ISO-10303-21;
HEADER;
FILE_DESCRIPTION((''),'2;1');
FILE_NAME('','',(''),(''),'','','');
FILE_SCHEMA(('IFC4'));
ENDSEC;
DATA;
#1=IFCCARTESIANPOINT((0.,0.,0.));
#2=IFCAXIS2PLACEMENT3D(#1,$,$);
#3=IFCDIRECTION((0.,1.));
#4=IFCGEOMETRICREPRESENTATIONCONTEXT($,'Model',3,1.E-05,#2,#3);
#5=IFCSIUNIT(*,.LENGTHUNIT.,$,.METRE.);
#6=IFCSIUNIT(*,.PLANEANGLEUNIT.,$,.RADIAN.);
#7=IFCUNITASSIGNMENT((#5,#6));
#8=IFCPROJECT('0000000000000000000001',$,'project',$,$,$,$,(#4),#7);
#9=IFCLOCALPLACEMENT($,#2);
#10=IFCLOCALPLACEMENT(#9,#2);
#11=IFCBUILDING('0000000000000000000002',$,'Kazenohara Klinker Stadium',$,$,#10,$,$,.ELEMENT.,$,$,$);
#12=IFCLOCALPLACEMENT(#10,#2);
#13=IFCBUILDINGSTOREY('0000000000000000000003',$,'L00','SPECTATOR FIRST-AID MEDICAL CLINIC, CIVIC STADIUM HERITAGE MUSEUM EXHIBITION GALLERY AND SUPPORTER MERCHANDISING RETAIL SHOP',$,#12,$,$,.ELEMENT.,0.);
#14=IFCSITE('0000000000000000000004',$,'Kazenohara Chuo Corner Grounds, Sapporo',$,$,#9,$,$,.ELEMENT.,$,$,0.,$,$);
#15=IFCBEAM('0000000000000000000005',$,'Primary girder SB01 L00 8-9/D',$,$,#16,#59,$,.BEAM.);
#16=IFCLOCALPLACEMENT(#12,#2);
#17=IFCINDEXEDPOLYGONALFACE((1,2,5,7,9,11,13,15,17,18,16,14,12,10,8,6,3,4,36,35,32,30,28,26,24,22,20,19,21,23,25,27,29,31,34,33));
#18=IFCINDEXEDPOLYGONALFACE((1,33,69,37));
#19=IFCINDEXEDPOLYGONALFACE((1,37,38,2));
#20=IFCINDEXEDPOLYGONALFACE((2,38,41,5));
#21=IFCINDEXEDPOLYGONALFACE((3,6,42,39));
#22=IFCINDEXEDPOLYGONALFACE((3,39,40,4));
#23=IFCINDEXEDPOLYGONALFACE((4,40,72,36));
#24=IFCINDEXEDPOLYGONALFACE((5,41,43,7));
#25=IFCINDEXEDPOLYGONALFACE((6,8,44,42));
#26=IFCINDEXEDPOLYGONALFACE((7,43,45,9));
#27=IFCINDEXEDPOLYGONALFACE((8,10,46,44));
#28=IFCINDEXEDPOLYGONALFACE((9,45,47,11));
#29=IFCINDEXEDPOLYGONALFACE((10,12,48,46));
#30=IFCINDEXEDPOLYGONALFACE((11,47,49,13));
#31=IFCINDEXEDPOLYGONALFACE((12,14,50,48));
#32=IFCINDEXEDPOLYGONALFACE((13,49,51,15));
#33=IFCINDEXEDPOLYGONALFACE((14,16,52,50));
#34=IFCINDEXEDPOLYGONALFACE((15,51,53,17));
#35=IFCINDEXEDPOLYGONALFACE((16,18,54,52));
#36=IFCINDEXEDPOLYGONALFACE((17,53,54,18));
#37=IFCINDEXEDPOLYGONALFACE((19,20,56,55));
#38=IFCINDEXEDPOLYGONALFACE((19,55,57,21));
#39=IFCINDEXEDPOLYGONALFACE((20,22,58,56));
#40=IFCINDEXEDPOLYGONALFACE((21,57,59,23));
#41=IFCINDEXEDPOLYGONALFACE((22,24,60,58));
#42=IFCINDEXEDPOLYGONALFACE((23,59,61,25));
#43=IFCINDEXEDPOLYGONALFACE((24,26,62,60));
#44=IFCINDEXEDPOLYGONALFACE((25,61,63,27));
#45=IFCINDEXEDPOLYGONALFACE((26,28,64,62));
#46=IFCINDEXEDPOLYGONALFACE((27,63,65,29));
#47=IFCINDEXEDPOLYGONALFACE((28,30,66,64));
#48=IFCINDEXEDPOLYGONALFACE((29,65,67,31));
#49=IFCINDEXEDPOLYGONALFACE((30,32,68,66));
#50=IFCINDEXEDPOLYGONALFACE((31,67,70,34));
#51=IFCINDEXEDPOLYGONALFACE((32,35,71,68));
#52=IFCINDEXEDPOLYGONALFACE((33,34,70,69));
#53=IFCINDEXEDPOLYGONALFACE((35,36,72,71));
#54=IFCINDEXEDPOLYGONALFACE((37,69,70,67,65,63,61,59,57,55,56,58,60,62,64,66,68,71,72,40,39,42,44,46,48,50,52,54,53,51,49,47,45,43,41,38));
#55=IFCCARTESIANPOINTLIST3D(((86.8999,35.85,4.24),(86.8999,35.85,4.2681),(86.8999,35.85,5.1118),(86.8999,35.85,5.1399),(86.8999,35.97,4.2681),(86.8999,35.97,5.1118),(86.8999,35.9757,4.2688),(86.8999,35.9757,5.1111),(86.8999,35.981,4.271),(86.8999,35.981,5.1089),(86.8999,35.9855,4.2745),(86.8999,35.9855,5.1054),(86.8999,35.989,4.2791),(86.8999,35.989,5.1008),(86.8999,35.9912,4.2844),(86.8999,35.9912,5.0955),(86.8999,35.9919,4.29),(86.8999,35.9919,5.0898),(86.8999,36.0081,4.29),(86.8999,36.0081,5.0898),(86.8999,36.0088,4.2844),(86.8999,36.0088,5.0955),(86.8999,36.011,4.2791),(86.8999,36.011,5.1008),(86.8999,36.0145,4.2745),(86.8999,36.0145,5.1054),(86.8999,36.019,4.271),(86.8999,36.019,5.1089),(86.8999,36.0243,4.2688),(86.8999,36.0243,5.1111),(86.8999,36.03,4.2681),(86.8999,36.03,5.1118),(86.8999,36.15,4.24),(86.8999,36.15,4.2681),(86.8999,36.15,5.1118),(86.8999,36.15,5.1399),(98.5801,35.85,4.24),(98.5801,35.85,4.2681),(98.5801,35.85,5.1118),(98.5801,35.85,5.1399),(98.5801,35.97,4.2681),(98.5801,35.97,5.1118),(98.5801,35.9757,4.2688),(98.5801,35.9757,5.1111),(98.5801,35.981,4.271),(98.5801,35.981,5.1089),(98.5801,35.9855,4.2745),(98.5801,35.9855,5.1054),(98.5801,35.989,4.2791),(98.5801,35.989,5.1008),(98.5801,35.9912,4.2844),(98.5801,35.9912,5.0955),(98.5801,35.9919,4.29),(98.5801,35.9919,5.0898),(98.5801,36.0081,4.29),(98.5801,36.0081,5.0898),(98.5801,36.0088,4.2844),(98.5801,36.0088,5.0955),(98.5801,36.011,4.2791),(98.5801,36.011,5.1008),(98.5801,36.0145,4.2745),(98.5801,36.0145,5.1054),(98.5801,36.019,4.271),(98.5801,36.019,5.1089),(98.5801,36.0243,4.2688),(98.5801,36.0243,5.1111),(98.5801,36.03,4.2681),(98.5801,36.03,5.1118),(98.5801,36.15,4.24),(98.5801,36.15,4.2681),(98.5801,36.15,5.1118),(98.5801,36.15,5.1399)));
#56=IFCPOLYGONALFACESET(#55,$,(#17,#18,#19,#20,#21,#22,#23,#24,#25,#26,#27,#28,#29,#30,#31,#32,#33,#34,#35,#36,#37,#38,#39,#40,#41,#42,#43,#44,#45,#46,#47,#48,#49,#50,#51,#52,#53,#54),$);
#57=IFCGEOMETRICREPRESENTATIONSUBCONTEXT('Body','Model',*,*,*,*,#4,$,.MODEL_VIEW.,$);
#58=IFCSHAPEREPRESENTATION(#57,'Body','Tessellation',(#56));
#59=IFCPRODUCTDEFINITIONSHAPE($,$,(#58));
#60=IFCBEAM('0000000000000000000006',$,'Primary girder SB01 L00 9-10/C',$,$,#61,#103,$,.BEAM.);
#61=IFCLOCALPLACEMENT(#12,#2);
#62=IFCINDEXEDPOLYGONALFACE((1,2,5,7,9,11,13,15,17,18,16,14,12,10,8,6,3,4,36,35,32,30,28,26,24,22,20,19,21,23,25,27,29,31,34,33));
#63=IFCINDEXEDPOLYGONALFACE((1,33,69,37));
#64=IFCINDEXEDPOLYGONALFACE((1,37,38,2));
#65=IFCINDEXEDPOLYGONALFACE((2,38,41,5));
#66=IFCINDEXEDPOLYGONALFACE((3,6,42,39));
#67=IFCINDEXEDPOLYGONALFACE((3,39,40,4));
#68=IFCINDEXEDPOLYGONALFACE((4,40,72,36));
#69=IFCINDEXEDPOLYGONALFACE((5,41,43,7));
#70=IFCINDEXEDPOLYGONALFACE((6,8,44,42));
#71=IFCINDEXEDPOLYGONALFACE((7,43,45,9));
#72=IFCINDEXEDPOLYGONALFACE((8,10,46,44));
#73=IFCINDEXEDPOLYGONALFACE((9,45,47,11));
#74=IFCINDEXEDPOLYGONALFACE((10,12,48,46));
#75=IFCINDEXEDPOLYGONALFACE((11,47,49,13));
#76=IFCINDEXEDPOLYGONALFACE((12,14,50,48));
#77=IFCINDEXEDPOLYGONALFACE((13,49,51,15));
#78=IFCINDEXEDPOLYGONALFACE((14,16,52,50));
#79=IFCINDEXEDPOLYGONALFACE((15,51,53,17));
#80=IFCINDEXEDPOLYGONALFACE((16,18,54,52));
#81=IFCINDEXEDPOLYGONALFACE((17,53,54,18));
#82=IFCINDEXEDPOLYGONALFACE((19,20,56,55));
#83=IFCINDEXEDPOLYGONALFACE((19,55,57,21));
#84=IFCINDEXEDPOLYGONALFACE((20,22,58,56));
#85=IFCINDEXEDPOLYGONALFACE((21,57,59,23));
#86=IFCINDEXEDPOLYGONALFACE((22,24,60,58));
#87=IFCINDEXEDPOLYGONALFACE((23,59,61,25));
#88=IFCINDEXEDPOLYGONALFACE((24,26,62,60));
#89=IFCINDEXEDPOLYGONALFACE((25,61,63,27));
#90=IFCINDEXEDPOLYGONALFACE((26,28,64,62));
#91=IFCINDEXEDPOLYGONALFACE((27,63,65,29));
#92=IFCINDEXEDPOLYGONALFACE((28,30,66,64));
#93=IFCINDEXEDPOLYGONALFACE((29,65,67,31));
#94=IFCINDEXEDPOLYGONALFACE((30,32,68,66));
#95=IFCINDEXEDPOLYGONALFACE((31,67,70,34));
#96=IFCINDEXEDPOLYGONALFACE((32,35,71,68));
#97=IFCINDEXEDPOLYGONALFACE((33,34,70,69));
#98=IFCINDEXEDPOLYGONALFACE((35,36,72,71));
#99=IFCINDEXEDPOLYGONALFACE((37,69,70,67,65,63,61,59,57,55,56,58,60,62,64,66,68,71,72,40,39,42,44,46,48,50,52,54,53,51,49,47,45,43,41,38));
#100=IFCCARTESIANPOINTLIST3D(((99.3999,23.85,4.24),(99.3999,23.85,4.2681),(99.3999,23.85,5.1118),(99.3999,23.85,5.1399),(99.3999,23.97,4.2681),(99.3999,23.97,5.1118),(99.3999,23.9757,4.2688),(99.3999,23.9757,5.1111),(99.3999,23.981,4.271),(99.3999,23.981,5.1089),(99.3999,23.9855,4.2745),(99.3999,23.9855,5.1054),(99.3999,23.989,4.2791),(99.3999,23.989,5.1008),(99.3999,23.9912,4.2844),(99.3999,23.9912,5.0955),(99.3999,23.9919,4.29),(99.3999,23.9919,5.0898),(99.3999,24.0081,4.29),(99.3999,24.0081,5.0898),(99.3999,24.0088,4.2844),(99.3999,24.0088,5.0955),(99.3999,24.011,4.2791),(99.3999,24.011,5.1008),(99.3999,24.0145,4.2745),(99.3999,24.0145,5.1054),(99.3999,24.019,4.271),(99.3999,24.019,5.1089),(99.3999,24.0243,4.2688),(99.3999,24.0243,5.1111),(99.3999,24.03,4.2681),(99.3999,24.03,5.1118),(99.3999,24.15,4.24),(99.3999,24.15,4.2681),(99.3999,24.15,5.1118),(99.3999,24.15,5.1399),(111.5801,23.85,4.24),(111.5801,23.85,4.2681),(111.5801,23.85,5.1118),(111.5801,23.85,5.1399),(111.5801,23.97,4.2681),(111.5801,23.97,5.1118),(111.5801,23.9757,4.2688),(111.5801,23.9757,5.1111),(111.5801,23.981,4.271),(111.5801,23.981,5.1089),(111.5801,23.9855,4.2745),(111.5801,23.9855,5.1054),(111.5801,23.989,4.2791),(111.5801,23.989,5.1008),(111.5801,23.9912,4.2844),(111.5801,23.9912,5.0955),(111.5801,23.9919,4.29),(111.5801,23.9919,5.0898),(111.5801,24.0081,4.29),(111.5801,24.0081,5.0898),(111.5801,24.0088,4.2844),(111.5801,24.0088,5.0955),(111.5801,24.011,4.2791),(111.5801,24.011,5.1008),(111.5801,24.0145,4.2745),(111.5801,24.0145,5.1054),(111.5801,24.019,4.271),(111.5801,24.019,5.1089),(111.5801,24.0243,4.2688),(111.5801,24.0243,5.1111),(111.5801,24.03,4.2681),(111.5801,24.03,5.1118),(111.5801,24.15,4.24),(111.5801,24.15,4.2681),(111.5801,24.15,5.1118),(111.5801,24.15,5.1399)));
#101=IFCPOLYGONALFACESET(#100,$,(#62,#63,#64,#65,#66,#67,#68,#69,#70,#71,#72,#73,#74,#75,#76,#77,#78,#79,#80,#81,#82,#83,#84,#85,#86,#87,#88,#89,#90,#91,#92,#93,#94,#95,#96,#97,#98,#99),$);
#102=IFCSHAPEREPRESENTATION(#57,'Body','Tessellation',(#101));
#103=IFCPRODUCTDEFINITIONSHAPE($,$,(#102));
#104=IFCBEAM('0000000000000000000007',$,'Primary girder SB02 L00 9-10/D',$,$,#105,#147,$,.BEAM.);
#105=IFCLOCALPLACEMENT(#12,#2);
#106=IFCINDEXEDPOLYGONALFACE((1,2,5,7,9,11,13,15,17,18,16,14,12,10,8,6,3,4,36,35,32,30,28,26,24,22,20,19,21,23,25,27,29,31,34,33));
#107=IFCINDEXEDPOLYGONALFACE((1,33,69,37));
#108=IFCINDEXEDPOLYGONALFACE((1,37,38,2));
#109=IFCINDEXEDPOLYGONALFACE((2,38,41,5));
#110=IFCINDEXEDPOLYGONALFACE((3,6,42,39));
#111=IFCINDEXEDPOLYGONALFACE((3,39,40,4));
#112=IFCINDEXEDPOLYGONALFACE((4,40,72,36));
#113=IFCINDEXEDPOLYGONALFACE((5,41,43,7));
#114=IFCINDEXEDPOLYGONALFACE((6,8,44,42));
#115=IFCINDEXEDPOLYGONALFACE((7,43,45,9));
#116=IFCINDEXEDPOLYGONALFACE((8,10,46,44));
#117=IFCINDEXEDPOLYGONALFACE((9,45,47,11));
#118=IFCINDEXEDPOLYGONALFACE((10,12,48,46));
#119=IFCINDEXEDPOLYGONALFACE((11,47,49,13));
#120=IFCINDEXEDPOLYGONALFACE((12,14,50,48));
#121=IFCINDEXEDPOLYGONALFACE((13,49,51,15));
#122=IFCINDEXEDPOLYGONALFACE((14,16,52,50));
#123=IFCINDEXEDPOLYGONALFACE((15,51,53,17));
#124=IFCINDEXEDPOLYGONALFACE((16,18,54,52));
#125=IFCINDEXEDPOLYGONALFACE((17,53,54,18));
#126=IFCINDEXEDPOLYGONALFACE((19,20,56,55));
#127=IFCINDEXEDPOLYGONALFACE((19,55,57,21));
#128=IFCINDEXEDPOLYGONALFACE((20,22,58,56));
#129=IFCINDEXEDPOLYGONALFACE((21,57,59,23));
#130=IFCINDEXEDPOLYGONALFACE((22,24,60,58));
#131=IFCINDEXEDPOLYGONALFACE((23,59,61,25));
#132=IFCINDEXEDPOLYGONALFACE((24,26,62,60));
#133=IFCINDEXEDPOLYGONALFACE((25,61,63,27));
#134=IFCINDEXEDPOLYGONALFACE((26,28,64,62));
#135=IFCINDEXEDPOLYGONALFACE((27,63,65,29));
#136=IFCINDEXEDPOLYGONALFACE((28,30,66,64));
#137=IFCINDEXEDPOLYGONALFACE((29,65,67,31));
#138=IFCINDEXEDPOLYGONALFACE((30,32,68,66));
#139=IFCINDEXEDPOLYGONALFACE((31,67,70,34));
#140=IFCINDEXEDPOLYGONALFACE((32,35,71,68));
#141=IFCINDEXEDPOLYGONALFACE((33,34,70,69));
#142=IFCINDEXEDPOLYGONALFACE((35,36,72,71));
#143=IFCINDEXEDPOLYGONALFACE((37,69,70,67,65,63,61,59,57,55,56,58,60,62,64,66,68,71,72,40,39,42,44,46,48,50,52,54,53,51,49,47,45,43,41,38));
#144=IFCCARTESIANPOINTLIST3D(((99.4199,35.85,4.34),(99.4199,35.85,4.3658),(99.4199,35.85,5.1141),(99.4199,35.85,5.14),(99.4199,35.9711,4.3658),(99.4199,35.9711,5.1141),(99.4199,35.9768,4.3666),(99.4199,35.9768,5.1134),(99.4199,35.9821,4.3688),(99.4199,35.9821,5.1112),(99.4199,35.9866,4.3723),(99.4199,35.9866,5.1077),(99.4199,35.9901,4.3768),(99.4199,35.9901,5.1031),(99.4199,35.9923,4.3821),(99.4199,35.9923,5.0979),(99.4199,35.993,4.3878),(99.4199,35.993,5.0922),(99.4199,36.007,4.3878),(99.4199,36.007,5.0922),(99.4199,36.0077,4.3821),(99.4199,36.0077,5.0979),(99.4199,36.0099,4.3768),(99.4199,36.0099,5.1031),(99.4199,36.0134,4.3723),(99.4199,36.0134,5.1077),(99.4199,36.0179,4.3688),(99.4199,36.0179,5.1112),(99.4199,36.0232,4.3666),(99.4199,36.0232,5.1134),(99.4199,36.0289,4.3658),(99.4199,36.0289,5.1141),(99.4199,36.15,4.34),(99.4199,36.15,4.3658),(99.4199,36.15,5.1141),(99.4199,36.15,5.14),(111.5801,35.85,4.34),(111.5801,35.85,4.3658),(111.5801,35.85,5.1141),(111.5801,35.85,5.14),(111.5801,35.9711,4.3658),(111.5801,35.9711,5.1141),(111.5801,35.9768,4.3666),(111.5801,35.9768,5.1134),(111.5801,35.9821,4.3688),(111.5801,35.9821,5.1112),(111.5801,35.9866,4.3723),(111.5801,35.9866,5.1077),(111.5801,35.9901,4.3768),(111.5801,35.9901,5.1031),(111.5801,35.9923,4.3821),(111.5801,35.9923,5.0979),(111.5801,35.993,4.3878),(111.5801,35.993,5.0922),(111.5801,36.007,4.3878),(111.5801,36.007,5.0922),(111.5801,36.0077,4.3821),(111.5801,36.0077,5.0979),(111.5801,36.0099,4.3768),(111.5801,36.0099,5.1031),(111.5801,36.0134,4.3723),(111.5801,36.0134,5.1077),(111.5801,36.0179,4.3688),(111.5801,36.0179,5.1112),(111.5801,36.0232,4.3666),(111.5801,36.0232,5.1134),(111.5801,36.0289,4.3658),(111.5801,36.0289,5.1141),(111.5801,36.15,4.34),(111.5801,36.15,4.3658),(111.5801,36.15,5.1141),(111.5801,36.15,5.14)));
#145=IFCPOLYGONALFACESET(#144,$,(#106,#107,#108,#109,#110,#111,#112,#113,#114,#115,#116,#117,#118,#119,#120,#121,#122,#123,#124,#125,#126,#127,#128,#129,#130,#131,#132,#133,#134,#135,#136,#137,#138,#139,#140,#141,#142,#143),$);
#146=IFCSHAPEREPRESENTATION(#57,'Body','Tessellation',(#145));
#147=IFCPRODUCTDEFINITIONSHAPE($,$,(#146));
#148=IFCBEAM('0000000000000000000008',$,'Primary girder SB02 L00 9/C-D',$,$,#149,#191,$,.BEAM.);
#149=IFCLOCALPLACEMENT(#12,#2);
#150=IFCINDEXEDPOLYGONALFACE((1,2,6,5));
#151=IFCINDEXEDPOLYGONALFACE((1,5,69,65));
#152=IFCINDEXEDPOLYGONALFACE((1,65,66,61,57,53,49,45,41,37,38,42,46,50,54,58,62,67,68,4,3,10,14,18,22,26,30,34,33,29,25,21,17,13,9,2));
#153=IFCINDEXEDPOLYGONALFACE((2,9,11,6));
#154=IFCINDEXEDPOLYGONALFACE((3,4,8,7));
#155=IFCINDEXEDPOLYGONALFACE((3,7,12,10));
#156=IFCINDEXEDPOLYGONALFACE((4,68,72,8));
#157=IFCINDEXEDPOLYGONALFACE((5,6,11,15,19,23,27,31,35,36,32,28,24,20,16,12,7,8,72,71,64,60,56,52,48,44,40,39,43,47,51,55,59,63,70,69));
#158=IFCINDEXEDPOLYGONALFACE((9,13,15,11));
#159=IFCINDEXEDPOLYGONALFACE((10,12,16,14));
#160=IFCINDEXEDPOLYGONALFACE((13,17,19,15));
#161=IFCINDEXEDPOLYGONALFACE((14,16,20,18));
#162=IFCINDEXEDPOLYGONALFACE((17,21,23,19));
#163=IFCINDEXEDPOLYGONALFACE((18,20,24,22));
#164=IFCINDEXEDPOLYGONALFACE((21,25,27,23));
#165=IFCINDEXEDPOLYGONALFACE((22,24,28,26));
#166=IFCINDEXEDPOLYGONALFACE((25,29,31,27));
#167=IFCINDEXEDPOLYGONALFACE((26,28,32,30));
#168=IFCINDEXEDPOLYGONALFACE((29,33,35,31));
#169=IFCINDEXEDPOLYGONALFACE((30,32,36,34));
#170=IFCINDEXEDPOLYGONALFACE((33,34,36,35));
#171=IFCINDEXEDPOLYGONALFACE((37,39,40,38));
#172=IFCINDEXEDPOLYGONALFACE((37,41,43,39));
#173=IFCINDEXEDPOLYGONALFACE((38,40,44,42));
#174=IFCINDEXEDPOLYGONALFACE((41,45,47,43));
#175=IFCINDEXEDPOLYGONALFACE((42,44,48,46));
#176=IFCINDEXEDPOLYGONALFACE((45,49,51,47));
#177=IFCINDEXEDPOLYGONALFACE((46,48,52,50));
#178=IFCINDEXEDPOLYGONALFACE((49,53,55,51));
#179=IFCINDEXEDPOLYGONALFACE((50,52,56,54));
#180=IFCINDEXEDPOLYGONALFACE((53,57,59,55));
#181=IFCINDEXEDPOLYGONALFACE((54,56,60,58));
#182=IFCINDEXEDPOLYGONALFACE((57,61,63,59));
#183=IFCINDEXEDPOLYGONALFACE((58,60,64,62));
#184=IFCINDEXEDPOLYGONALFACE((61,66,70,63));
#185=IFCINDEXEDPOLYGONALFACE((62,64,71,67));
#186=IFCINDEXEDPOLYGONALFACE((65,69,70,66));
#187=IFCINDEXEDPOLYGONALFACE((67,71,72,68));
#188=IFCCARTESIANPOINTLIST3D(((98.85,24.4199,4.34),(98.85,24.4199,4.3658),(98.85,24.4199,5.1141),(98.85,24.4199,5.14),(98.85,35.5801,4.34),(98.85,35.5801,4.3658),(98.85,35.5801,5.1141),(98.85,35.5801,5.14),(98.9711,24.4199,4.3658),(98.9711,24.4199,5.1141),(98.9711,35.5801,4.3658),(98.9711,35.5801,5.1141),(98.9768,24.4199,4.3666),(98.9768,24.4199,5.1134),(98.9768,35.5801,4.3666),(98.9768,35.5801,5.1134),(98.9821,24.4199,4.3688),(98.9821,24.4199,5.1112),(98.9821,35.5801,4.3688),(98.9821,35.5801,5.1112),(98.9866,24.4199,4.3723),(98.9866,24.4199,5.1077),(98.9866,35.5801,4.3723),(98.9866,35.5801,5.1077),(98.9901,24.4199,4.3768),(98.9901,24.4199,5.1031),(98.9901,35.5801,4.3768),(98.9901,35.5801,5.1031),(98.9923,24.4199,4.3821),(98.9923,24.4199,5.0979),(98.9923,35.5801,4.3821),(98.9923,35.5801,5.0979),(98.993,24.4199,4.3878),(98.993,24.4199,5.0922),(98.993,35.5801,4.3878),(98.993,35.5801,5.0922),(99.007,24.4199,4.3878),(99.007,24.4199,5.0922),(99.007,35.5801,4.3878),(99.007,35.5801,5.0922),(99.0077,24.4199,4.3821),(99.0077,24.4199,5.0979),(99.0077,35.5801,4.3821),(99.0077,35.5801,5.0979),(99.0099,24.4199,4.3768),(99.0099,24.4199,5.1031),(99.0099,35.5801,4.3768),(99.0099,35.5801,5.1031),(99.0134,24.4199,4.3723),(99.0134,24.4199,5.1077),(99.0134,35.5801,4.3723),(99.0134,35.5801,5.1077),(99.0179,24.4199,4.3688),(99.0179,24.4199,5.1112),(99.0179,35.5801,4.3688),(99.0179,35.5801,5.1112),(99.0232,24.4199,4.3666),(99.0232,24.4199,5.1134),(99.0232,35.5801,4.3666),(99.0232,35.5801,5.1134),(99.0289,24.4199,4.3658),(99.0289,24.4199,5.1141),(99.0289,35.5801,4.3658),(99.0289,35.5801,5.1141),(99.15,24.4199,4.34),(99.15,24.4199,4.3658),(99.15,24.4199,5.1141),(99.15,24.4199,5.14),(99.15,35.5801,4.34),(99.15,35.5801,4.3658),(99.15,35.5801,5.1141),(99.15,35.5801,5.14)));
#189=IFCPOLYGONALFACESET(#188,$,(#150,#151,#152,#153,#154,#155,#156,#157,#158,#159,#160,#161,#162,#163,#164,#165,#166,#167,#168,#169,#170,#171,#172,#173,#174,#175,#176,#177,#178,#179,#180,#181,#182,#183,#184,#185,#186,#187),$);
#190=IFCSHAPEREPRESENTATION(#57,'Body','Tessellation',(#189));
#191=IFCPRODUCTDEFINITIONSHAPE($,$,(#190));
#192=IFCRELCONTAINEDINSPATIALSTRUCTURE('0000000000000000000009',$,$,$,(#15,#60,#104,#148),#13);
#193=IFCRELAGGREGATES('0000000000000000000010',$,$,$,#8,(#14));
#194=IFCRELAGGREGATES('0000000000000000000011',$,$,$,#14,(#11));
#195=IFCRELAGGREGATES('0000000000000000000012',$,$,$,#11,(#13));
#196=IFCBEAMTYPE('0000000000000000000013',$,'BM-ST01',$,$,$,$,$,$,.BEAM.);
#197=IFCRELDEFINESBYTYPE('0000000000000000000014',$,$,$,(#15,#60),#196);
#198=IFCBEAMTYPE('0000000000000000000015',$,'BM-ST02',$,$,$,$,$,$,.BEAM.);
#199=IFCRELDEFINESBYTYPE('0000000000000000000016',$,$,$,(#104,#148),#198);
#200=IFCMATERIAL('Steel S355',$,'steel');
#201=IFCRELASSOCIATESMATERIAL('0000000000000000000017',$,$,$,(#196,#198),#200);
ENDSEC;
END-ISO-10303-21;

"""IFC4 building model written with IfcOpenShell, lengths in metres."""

from ifc_helpers import new_model, si_unit, direction, frame, origin, origin_2d, place, context, subcontext, project, spatial, i_section, extrude, material, material_profile, profile_set, type_object, element, save


model = new_model("IFC4")

# Units and contexts
model_context = context("Model", 3, precision=1e-05, world=origin(), true_north=direction((0.0, 1.0)))
body_context = subcontext(model_context, "Body", "Model", "MODEL_VIEW")
ifc_project = project(units=[si_unit("LENGTHUNIT", "METRE"), si_unit("PLANEANGLEUNIT", "RADIAN")], contexts=[model_context])

# Site, building, storey
site_placement = place(None, origin())
site = spatial("IfcSite", under=ifc_project, at=site_placement, Name="Kazenohara Chuo Corner Grounds, Sapporo", CompositionType="ELEMENT", RefElevation=0.0)
building_placement = place(site_placement, origin())
building = spatial("IfcBuilding", under=site, at=building_placement, Name="Kazenohara Klinker Stadium", CompositionType="ELEMENT")
storey_placement = place(building_placement, origin())
storey = spatial("IfcBuildingStorey", under=building, at=storey_placement, Name="L00", Description="SPECTATOR FIRST-AID MEDICAL CLINIC, CIVIC STADIUM HERITAGE MUSEUM EXHIBITION GALLERY AND SUPPORTER MERCHANDISING RETAIL SHOP", CompositionType="ELEMENT", Elevation=0.0)

# Beams
ifc_material_1 = material(Name="Steel S355", Category="steel")
ifc_material_profile_1 = material_profile(ifc_material_1, i_section(OverallWidth=0.3, OverallDepth=0.8999, WebThickness=0.0161, FlangeThickness=0.0281, FilletRadius=0.022, at=origin_2d()), Name="H-900x300x16x28")
ifc_profile_set_1 = profile_set([ifc_material_profile_1], Name="Steel S355")
beam_type_1 = type_object("IfcBeamType", Name="BM-ST01", PredefinedType="BEAM", material=ifc_profile_set_1)
beam_1_placement = place(storey_placement, frame((86.8999, 36.0, 4.6899), z_axis=(1.0, 0.0, 0.0), x_axis=(0.0, 1.0, 0.0)))
element("IfcBeam", 1, at=beam_1_placement, inside=storey, type_object=beam_type_1, Name="Primary girder SB01 L00 8-9/D", PredefinedType="BEAM", context=body_context, shape_type="SweptSolid", body=[
    extrude(i_section(OverallWidth=0.3, OverallDepth=0.8999, WebThickness=0.0161, FlangeThickness=0.0281, FilletRadius=0.022, at=origin_2d()), origin(), (0.0, 0.0, 1.0), 11.6802),
])
beam_2_placement = place(storey_placement, frame((99.3999, 24.0, 4.6899), z_axis=(1.0, 0.0, 0.0), x_axis=(0.0, 1.0, 0.0)))
element("IfcBeam", 2, at=beam_2_placement, inside=storey, type_object=beam_type_1, Name="Primary girder SB01 L00 9-10/C", PredefinedType="BEAM", context=body_context, shape_type="SweptSolid", body=[
    extrude(i_section(OverallWidth=0.3, OverallDepth=0.8999, WebThickness=0.0161, FlangeThickness=0.0281, FilletRadius=0.022, at=origin_2d()), origin(), (0.0, 0.0, 1.0), 12.1802),
])
ifc_material_profile_2 = material_profile(ifc_material_1, i_section(OverallWidth=0.3, OverallDepth=0.8, WebThickness=0.0139, FlangeThickness=0.0259, FilletRadius=0.022, at=origin_2d()), Name="H-800x300x14x26")
ifc_profile_set_2 = profile_set([ifc_material_profile_2], Name="Steel S355")
beam_type_2 = type_object("IfcBeamType", Name="BM-ST02", PredefinedType="BEAM", material=ifc_profile_set_2)
beam_3_placement = place(storey_placement, frame((99.4199, 36.0, 4.74), z_axis=(1.0, 0.0, 0.0), x_axis=(0.0, 1.0, 0.0)))
element("IfcBeam", 3, at=beam_3_placement, inside=storey, type_object=beam_type_2, Name="Primary girder SB02 L00 9-10/D", PredefinedType="BEAM", context=body_context, shape_type="SweptSolid", body=[
    extrude(i_section(OverallWidth=0.3, OverallDepth=0.8, WebThickness=0.0139, FlangeThickness=0.0259, FilletRadius=0.022, at=origin_2d()), origin(), (0.0, 0.0, 1.0), 12.1602),
])
beam_4_placement = place(storey_placement, frame((99.0, 24.4199, 4.74), z_axis=(0.0, 1.0, 0.0), x_axis=(-1.0, 0.0, 0.0)))
element("IfcBeam", 4, at=beam_4_placement, inside=storey, type_object=beam_type_2, Name="Primary girder SB02 L00 9/C-D", PredefinedType="BEAM", context=body_context, shape_type="SweptSolid", body=[
    extrude(i_section(OverallWidth=0.3, OverallDepth=0.8, WebThickness=0.0139, FlangeThickness=0.0259, FilletRadius=0.022, at=origin_2d()), origin(), (0.0, 0.0, 1.0), 11.1602),
])

save(model, "model.ifc")
